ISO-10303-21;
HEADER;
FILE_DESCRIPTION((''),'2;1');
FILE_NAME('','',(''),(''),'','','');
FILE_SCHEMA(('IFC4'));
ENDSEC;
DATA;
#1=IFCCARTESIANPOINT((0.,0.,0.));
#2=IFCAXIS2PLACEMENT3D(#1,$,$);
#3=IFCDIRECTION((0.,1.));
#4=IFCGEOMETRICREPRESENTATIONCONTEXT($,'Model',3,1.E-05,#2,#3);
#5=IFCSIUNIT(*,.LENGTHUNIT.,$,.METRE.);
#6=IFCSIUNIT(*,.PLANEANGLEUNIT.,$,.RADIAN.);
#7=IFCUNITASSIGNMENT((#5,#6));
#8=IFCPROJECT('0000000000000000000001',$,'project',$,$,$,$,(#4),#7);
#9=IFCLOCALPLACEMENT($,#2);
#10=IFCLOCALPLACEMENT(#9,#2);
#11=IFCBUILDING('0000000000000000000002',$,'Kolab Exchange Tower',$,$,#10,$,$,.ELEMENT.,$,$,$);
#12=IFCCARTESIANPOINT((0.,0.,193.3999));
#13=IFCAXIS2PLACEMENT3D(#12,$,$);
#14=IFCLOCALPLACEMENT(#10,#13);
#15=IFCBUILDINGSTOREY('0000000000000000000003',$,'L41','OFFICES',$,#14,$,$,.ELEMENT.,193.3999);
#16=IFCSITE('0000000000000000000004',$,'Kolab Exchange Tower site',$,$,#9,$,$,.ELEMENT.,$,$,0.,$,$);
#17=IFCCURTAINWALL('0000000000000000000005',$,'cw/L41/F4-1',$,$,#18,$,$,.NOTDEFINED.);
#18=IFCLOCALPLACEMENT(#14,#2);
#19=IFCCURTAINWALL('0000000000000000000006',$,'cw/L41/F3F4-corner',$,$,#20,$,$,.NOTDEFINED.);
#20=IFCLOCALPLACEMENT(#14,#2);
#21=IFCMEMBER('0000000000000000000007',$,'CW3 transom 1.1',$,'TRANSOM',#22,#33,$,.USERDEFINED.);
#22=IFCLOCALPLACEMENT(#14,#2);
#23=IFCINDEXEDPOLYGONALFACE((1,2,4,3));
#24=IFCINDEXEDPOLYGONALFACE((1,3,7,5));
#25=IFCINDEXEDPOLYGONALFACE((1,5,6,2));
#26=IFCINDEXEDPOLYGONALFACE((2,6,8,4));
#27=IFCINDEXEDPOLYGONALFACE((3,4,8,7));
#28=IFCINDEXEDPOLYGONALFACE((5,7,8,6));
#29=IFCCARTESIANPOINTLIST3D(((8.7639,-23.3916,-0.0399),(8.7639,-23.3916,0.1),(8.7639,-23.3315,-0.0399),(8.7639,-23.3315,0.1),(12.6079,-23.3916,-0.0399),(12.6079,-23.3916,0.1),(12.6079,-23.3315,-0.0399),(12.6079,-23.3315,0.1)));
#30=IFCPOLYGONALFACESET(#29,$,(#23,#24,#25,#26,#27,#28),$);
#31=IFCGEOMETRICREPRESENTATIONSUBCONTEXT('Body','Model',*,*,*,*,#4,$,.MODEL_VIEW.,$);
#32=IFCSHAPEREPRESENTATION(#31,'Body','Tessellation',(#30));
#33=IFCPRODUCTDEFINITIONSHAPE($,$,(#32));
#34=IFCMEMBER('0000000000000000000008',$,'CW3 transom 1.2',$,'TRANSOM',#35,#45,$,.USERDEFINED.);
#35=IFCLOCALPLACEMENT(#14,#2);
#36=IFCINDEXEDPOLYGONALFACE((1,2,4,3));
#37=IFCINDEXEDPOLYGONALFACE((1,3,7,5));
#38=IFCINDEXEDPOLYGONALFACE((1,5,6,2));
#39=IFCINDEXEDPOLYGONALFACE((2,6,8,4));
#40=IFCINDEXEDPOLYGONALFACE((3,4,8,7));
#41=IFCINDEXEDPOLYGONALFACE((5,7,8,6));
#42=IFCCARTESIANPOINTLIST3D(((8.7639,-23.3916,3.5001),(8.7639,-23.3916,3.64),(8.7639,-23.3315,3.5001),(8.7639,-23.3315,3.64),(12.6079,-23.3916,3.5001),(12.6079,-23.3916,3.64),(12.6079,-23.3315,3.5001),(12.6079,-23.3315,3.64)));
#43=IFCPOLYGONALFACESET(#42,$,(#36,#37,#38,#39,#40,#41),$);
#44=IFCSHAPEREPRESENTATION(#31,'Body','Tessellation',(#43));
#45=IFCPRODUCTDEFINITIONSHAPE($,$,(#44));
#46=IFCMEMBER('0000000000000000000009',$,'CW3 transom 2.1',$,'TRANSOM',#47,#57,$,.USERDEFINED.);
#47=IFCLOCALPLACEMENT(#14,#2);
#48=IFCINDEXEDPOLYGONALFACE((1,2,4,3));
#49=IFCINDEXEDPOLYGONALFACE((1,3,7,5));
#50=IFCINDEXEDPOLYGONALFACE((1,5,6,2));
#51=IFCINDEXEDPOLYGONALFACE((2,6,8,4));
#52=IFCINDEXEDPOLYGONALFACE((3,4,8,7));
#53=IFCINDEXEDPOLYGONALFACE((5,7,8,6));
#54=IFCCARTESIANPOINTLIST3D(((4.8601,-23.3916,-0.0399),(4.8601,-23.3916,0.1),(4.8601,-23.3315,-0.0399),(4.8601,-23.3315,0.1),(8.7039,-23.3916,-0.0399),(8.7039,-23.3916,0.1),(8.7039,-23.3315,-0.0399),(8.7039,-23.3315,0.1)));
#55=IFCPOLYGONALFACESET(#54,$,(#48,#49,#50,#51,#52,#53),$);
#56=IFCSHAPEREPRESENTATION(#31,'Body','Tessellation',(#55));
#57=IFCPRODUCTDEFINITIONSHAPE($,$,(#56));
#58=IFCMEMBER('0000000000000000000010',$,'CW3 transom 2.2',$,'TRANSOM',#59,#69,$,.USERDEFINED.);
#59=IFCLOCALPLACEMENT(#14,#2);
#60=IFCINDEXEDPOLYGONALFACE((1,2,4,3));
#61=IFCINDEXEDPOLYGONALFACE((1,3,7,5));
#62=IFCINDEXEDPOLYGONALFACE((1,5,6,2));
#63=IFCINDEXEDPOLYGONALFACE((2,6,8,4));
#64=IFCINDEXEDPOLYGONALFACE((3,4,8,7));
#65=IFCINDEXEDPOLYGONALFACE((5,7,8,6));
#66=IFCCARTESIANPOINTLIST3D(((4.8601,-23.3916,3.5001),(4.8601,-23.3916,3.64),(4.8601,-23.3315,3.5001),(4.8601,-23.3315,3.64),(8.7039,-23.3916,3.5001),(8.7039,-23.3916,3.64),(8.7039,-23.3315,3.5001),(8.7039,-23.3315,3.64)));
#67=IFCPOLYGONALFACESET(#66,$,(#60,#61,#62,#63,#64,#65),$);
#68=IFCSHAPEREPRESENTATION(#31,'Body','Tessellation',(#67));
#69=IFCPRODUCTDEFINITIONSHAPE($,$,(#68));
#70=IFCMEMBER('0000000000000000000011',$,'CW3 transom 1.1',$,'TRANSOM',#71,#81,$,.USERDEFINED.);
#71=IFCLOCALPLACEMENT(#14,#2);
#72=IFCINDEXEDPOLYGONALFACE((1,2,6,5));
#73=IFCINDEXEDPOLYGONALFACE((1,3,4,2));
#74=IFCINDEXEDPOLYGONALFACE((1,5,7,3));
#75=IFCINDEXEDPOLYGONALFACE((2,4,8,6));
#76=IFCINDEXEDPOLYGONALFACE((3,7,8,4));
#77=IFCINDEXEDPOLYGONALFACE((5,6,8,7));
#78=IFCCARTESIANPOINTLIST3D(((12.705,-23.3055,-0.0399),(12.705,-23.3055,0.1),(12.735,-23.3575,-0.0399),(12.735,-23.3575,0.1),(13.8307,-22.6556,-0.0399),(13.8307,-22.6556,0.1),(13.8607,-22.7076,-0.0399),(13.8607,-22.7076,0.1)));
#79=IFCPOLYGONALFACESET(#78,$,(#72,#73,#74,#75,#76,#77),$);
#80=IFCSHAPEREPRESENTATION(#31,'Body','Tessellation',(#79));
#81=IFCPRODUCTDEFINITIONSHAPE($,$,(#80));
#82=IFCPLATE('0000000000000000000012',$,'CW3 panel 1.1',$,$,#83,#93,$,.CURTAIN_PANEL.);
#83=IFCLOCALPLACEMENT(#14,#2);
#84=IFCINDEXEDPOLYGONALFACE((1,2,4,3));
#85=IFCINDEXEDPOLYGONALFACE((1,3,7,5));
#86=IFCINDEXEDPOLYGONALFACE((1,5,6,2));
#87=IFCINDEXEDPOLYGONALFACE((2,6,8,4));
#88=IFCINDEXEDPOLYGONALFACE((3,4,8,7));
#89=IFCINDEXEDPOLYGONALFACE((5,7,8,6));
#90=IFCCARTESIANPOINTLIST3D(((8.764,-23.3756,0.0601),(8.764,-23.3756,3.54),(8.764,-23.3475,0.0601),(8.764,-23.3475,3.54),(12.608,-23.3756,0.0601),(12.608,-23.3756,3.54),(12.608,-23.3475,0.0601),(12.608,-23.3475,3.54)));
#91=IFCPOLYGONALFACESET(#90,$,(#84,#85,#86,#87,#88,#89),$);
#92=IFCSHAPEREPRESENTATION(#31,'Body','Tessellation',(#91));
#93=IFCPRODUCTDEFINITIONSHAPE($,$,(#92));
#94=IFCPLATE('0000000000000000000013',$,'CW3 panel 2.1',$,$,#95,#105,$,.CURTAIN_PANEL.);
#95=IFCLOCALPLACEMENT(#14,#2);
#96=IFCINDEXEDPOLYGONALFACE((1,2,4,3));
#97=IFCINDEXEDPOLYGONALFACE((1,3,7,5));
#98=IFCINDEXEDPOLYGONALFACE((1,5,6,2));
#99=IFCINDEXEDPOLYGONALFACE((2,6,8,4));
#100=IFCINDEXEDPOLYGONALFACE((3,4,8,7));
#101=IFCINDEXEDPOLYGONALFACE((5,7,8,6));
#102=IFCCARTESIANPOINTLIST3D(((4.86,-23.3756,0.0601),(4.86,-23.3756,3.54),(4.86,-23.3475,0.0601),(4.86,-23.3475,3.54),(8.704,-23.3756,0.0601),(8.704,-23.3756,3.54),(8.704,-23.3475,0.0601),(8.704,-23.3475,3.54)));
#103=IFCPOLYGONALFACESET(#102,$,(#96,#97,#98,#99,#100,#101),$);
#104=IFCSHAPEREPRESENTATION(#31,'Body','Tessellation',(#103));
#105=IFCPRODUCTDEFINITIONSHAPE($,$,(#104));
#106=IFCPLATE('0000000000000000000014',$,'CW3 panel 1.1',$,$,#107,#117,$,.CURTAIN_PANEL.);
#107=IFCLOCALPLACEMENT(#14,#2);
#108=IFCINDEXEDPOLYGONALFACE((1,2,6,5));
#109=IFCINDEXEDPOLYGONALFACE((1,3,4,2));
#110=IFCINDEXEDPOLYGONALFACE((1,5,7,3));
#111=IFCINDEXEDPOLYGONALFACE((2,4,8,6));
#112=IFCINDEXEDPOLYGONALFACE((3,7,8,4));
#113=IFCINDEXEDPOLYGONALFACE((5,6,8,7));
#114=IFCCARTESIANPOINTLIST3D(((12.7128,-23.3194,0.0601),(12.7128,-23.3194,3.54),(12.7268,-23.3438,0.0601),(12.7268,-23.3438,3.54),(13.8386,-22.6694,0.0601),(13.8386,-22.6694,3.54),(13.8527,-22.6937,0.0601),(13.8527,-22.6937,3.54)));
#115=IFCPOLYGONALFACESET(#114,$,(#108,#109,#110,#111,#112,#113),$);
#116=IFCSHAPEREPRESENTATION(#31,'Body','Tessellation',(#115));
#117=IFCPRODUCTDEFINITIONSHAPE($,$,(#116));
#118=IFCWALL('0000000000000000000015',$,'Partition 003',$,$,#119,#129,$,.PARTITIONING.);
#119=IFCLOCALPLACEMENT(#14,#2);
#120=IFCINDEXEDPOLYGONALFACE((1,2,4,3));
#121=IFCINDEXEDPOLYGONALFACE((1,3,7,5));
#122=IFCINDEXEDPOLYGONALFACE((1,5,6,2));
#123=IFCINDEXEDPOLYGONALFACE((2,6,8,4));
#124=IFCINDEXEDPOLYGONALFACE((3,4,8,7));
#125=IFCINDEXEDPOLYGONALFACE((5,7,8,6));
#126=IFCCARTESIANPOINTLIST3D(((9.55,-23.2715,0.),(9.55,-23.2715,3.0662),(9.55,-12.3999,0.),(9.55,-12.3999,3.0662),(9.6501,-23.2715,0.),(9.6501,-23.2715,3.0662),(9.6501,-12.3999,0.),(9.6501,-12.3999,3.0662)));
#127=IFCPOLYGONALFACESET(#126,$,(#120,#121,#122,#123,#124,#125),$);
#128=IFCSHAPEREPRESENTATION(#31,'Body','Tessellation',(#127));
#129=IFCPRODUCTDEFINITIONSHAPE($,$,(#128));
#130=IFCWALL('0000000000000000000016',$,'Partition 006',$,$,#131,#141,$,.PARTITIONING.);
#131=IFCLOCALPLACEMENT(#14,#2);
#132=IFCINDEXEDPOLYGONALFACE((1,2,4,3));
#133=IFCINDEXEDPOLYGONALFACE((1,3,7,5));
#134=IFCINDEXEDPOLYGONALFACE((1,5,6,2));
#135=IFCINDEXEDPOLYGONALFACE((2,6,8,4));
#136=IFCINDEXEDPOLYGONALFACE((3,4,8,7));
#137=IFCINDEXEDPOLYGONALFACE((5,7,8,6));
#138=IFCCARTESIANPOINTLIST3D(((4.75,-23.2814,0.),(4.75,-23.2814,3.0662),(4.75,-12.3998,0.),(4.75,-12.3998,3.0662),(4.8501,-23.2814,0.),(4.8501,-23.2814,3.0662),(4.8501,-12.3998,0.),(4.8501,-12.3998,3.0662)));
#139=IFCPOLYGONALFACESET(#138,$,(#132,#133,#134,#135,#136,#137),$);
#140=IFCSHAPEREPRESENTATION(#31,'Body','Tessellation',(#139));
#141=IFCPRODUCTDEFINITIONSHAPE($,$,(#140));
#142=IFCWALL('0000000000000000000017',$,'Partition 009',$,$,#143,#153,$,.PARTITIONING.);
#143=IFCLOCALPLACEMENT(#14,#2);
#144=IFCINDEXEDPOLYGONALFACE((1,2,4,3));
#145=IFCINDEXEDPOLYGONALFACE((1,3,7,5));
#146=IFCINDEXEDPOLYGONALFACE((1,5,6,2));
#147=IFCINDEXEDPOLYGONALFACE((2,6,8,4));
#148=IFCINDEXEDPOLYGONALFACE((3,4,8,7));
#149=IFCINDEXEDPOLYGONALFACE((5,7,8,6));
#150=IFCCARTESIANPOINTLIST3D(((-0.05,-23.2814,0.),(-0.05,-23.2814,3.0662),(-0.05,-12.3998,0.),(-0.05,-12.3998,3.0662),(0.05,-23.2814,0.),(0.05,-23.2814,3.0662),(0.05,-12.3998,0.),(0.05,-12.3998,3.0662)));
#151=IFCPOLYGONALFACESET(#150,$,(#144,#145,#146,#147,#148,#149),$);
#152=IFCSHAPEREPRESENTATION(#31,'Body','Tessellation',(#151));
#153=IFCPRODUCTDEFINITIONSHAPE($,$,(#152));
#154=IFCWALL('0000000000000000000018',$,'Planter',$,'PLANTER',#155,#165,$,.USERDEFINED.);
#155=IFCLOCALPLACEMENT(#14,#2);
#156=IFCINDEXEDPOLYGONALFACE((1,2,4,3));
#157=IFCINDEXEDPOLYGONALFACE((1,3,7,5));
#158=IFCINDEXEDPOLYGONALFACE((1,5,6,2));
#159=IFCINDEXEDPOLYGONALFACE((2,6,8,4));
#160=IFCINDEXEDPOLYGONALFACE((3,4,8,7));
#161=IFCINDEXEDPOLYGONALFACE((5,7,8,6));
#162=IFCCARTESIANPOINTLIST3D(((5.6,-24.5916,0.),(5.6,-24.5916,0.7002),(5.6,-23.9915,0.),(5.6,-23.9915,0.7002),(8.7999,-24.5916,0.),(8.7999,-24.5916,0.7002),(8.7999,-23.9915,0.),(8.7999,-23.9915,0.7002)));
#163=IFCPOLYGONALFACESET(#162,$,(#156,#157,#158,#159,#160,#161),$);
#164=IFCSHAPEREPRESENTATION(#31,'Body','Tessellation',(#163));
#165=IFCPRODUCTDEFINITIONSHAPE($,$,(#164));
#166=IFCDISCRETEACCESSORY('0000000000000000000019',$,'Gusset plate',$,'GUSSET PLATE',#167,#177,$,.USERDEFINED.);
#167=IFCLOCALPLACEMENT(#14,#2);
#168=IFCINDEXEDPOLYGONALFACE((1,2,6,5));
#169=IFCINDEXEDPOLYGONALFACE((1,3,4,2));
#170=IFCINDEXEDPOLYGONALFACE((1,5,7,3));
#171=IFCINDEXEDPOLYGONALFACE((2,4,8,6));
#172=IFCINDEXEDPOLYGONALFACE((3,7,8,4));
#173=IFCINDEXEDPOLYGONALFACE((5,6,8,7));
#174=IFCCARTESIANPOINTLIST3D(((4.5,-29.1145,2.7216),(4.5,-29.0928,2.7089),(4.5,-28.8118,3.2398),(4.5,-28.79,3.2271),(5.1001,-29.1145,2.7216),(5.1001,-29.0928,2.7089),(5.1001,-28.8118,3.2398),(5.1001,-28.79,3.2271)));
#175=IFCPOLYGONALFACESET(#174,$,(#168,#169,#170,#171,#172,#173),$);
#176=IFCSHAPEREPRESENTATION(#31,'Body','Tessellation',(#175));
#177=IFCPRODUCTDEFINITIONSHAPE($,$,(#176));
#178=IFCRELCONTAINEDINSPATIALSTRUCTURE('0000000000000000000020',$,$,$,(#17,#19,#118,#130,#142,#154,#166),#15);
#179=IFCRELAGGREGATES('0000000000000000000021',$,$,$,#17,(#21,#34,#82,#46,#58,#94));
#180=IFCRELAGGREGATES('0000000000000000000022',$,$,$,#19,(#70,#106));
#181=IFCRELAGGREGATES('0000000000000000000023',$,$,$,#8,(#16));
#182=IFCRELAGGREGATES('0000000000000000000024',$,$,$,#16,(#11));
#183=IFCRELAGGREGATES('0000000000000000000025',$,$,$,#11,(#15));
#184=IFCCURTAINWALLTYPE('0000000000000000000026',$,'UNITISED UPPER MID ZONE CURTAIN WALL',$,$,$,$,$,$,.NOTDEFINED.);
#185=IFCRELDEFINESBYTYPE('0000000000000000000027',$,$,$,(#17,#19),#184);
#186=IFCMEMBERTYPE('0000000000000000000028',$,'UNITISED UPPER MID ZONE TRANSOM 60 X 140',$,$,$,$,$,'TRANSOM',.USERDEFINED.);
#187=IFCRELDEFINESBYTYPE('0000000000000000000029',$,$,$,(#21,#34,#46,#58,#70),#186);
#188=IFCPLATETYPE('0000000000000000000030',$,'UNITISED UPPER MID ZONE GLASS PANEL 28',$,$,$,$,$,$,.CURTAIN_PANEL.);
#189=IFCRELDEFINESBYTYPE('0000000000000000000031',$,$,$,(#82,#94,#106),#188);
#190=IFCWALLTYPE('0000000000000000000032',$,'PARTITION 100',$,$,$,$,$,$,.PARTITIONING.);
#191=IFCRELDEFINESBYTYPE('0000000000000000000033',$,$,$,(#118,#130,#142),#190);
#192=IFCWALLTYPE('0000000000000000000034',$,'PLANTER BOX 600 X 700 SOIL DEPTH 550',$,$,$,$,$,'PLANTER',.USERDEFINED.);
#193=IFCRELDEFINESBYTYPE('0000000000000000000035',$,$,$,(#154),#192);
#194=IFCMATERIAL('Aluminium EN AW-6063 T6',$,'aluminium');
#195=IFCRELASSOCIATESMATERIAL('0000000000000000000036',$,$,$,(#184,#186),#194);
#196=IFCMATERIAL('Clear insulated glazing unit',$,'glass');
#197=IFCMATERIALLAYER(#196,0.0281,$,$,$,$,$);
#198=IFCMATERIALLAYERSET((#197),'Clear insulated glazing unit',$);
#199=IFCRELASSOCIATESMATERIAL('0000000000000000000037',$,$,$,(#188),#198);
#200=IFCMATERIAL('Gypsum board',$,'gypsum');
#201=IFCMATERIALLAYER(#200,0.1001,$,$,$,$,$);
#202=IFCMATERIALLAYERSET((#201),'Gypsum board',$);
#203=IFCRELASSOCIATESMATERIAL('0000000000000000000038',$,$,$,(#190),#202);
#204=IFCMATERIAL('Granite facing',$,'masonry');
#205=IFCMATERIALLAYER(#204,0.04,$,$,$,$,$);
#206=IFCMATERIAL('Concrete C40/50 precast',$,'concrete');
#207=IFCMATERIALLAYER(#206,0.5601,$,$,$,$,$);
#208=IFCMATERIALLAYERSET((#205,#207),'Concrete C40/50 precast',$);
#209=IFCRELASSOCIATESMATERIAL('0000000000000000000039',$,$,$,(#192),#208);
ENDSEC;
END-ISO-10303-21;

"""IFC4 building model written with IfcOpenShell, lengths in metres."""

from ifc_helpers import new_model, si_unit, direction, frame, frame_2d, origin, origin_2d, place, context, subcontext, project, spatial, rectangle, extrude, material, layer, layer_set, material_profile, profile_set, type_object, element, aggregate, save


model = new_model("IFC4")

# Units and contexts
model_context = context("Model", 3, precision=1e-05, world=origin(), true_north=direction((0.0, 1.0)))
body_context = subcontext(model_context, "Body", "Model", "MODEL_VIEW")
ifc_project = project(units=[si_unit("LENGTHUNIT", "METRE"), si_unit("PLANEANGLEUNIT", "RADIAN")], contexts=[model_context])

# Site, building, storey
site_placement = place(None, origin())
site = spatial("IfcSite", under=ifc_project, at=site_placement, Name="Kolab Exchange Tower site", CompositionType="ELEMENT", RefElevation=0.0)
building_placement = place(site_placement, origin())
building = spatial("IfcBuilding", under=site, at=building_placement, Name="Kolab Exchange Tower", CompositionType="ELEMENT")
storey_placement = place(building_placement, frame((0.0, 0.0, 193.3999)))
storey = spatial("IfcBuildingStorey", under=building, at=storey_placement, Name="L41", Description="OFFICES", CompositionType="ELEMENT", Elevation=193.3999)

# Curtain wall
ifc_material_1 = material(Name="Aluminium EN AW-6063 T6", Category="aluminium")
curtain_wall_type = type_object("IfcCurtainWallType", Name="UNITISED UPPER MID ZONE CURTAIN WALL", PredefinedType="NOTDEFINED", material=ifc_material_1)
curtain_wall_1_placement = place(storey_placement, origin())
curtain_wall_1 = element("IfcCurtainWall", 1, at=curtain_wall_1_placement, inside=storey, type_object=curtain_wall_type, Name="cw/L41/F4-1", PredefinedType="NOTDEFINED")

# Curtain wall
curtain_wall_2_placement = place(storey_placement, origin())
curtain_wall_2 = element("IfcCurtainWall", 2, at=curtain_wall_2_placement, inside=storey, type_object=curtain_wall_type, Name="cw/L41/F3F4-corner", PredefinedType="NOTDEFINED")

# Members
ifc_material_profile_1 = material_profile(ifc_material_1, rectangle(XDim=0.0601, YDim=0.1399, at=origin_2d()), Name="RECT 60X140")
ifc_profile_set_1 = profile_set([ifc_material_profile_1], Name="Aluminium EN AW-6063 T6")
member_type_1 = type_object("IfcMemberType", Name="UNITISED UPPER MID ZONE TRANSOM 60 X 140", ElementType="TRANSOM", PredefinedType="USERDEFINED", material=ifc_profile_set_1)
member_1_placement = place(storey_placement, frame((12.6079, -23.3616, 0.03), z_axis=(-1.0, 0.0, 0.0), x_axis=(0.0, -1.0, 0.0)))
member_1 = element("IfcMember", 3, at=member_1_placement, type_object=member_type_1, Name="CW3 transom 1.1", ObjectType="TRANSOM", PredefinedType="USERDEFINED", context=body_context, shape_type="SweptSolid", body=[
    extrude(rectangle(XDim=0.0601, YDim=0.1399, at=origin_2d()), origin(), (0.0, 0.0, 1.0), 3.844),
])
member_2_placement = place(storey_placement, frame((12.6079, -23.3616, 3.5701), z_axis=(-1.0, 0.0, 0.0), x_axis=(0.0, -1.0, 0.0)))
member_2 = element("IfcMember", 4, at=member_2_placement, type_object=member_type_1, Name="CW3 transom 1.2", ObjectType="TRANSOM", PredefinedType="USERDEFINED", context=body_context, shape_type="SweptSolid", body=[
    extrude(rectangle(XDim=0.0601, YDim=0.1399, at=origin_2d()), origin(), (0.0, 0.0, 1.0), 3.844),
])
member_3_placement = place(storey_placement, frame((8.7039, -23.3616, 0.03), z_axis=(-1.0, 0.0, 0.0), x_axis=(0.0, -1.0, 0.0)))
member_3 = element("IfcMember", 5, at=member_3_placement, type_object=member_type_1, Name="CW3 transom 2.1", ObjectType="TRANSOM", PredefinedType="USERDEFINED", context=body_context, shape_type="SweptSolid", body=[
    extrude(rectangle(XDim=0.0601, YDim=0.1399, at=origin_2d()), origin(), (0.0, 0.0, 1.0), 3.8438),
])
member_4_placement = place(storey_placement, frame((8.7039, -23.3616, 3.5701), z_axis=(-1.0, 0.0, 0.0), x_axis=(0.0, -1.0, 0.0)))
member_4 = element("IfcMember", 6, at=member_4_placement, type_object=member_type_1, Name="CW3 transom 2.2", ObjectType="TRANSOM", PredefinedType="USERDEFINED", context=body_context, shape_type="SweptSolid", body=[
    extrude(rectangle(XDim=0.0601, YDim=0.1399, at=origin_2d()), origin(), (0.0, 0.0, 1.0), 3.8438),
])
member_5_placement = place(storey_placement, frame((13.8457, -22.6816, 0.03), z_axis=(-0.866039, -0.499977, 0.0), x_axis=(0.499977, -0.866039, 0.0)))
member_5 = element("IfcMember", 7, at=member_5_placement, type_object=member_type_1, Name="CW3 transom 1.1", ObjectType="TRANSOM", PredefinedType="USERDEFINED", context=body_context, shape_type="SweptSolid", body=[
    extrude(rectangle(XDim=0.0601, YDim=0.1399, at=origin_2d()), origin(), (0.0, 0.0, 1.0), 1.2998),
])

# Plates
ifc_material_2 = material(Name="Clear insulated glazing unit", Category="glass")
ifc_layer_1 = layer(ifc_material_2, 0.0281)
ifc_layer_set_1 = layer_set([ifc_layer_1], Name="Clear insulated glazing unit")
plate_type = type_object("IfcPlateType", Name="UNITISED UPPER MID ZONE GLASS PANEL 28", PredefinedType="CURTAIN_PANEL", material=ifc_layer_set_1)
plate_1_placement = place(storey_placement, frame((10.686, -23.3616, 0.0601), z_axis=(0.0, 0.0, 1.0), x_axis=(-1.0, 0.0, 0.0)))
plate_1 = element("IfcPlate", 8, at=plate_1_placement, type_object=plate_type, Name="CW3 panel 1.1", PredefinedType="CURTAIN_PANEL", context=body_context, shape_type="SweptSolid", body=[
    extrude(rectangle(XDim=3.844, YDim=0.0281, at=origin_2d()), origin(), (0.0, 0.0, 1.0), 3.48),
])
plate_2_placement = place(storey_placement, frame((6.782, -23.3616, 0.0601), z_axis=(0.0, 0.0, 1.0), x_axis=(-1.0, 0.0, 0.0)))
plate_2 = element("IfcPlate", 9, at=plate_2_placement, type_object=plate_type, Name="CW3 panel 2.1", PredefinedType="CURTAIN_PANEL", context=body_context, shape_type="SweptSolid", body=[
    extrude(rectangle(XDim=3.844, YDim=0.0281, at=origin_2d()), origin(), (0.0, 0.0, 1.0), 3.48),
])
aggregate(curtain_wall_1, [member_1, member_2, plate_1, member_3, member_4, plate_2])
plate_3_placement = place(storey_placement, frame((13.2827, -23.0066, 0.0601), z_axis=(0.0, 0.0, 1.0), x_axis=(-0.866025, -0.5, 0.0)))
plate_3 = element("IfcPlate", 10, at=plate_3_placement, type_object=plate_type, Name="CW3 panel 1.1", PredefinedType="CURTAIN_PANEL", context=body_context, shape_type="SweptSolid", body=[
    extrude(rectangle(XDim=1.3, YDim=0.0281, at=origin_2d()), origin(), (0.0, 0.0, 1.0), 3.48),
])
aggregate(curtain_wall_2, [member_5, plate_3])

# Walls
ifc_material_3 = material(Name="Gypsum board", Category="gypsum")
ifc_layer_2 = layer(ifc_material_3, 0.1001)
ifc_layer_set_2 = layer_set([ifc_layer_2], Name="Gypsum board")
wall_type_1 = type_object("IfcWallType", Name="PARTITION 100", PredefinedType="PARTITIONING", material=ifc_layer_set_2)
wall_1_placement = place(storey_placement, frame((9.6001, -23.2715, 0.0), z_axis=(0.0, 0.0, 1.0), x_axis=(0.0, 1.0, 0.0)))
element("IfcWall", 11, at=wall_1_placement, inside=storey, type_object=wall_type_1, Name="Partition 003", PredefinedType="PARTITIONING", context=body_context, shape_type="SweptSolid", body=[
    extrude(rectangle(XDim=10.8716, YDim=0.1001, at=frame_2d((5.4358, 0.0))), origin(), (0.0, 0.0, 1.0), 3.0662),
])
for number, where, z_axis, x_axis, name in (
    (12, (4.8, -23.2815, 0.0), (0.0, 0.0, 1.0), (0.0, 1.0, 0.0), "Partition 006"),
    (13, (0.0, -23.2815, 0.0), (0.0, 0.0, 1.0), (0.0, 1.0, 0.0), "Partition 009"),
):
    element("IfcWall", number, at=place(storey_placement, frame(where, z_axis=z_axis, x_axis=x_axis)), inside=storey, type_object=wall_type_1, Name=name, PredefinedType="PARTITIONING", context=body_context, shape_type="SweptSolid", body=[
        extrude(rectangle(XDim=10.8816, YDim=0.1001, at=frame_2d((5.4409, 0.0))), origin(), (0.0, 0.0, 1.0), 3.0662),
    ])
ifc_material_4 = material(Name="Granite facing", Category="masonry")
ifc_layer_3 = layer(ifc_material_4, 0.04)
ifc_material_5 = material(Name="Concrete C40/50 precast", Category="concrete")
ifc_layer_4 = layer(ifc_material_5, 0.5601)
ifc_layer_set_3 = layer_set([ifc_layer_3, ifc_layer_4], Name="Concrete C40/50 precast")
wall_type_2 = type_object("IfcWallType", Name="PLANTER BOX 600 X 700 SOIL DEPTH 550", ElementType="PLANTER", PredefinedType="USERDEFINED", material=ifc_layer_set_3)
wall_2_placement = place(storey_placement, frame((8.8, -24.2915, 0.0), z_axis=(0.0, 0.0, 1.0), x_axis=(-1.0, 0.0, 0.0)))
element("IfcWall", 14, at=wall_2_placement, inside=storey, type_object=wall_type_2, Name="Planter", ObjectType="PLANTER", PredefinedType="USERDEFINED", context=body_context, shape_type="SweptSolid", body=[
    extrude(rectangle(XDim=3.2, YDim=0.6001, at=frame_2d((1.6001, 0.0))), origin(), (0.0, 0.0, 1.0), 0.7002),
])

# Discrete accessory
discrete_accessory_placement = place(storey_placement, frame((4.8, -28.9414, 2.968), z_axis=(0.0, -0.863427, 0.504474), x_axis=(1.0, 0.0, 0.0)))
element("IfcDiscreteAccessory", 15, at=discrete_accessory_placement, inside=storey, Name="Gusset plate", ObjectType="GUSSET PLATE", PredefinedType="USERDEFINED", context=body_context, shape_type="SweptSolid", body=[
    extrude(rectangle(XDim=0.6001, YDim=0.6001, at=origin_2d()), origin(), (0.0, 0.0, 1.0), 0.0251),
])

save(model, "model.ifc")
